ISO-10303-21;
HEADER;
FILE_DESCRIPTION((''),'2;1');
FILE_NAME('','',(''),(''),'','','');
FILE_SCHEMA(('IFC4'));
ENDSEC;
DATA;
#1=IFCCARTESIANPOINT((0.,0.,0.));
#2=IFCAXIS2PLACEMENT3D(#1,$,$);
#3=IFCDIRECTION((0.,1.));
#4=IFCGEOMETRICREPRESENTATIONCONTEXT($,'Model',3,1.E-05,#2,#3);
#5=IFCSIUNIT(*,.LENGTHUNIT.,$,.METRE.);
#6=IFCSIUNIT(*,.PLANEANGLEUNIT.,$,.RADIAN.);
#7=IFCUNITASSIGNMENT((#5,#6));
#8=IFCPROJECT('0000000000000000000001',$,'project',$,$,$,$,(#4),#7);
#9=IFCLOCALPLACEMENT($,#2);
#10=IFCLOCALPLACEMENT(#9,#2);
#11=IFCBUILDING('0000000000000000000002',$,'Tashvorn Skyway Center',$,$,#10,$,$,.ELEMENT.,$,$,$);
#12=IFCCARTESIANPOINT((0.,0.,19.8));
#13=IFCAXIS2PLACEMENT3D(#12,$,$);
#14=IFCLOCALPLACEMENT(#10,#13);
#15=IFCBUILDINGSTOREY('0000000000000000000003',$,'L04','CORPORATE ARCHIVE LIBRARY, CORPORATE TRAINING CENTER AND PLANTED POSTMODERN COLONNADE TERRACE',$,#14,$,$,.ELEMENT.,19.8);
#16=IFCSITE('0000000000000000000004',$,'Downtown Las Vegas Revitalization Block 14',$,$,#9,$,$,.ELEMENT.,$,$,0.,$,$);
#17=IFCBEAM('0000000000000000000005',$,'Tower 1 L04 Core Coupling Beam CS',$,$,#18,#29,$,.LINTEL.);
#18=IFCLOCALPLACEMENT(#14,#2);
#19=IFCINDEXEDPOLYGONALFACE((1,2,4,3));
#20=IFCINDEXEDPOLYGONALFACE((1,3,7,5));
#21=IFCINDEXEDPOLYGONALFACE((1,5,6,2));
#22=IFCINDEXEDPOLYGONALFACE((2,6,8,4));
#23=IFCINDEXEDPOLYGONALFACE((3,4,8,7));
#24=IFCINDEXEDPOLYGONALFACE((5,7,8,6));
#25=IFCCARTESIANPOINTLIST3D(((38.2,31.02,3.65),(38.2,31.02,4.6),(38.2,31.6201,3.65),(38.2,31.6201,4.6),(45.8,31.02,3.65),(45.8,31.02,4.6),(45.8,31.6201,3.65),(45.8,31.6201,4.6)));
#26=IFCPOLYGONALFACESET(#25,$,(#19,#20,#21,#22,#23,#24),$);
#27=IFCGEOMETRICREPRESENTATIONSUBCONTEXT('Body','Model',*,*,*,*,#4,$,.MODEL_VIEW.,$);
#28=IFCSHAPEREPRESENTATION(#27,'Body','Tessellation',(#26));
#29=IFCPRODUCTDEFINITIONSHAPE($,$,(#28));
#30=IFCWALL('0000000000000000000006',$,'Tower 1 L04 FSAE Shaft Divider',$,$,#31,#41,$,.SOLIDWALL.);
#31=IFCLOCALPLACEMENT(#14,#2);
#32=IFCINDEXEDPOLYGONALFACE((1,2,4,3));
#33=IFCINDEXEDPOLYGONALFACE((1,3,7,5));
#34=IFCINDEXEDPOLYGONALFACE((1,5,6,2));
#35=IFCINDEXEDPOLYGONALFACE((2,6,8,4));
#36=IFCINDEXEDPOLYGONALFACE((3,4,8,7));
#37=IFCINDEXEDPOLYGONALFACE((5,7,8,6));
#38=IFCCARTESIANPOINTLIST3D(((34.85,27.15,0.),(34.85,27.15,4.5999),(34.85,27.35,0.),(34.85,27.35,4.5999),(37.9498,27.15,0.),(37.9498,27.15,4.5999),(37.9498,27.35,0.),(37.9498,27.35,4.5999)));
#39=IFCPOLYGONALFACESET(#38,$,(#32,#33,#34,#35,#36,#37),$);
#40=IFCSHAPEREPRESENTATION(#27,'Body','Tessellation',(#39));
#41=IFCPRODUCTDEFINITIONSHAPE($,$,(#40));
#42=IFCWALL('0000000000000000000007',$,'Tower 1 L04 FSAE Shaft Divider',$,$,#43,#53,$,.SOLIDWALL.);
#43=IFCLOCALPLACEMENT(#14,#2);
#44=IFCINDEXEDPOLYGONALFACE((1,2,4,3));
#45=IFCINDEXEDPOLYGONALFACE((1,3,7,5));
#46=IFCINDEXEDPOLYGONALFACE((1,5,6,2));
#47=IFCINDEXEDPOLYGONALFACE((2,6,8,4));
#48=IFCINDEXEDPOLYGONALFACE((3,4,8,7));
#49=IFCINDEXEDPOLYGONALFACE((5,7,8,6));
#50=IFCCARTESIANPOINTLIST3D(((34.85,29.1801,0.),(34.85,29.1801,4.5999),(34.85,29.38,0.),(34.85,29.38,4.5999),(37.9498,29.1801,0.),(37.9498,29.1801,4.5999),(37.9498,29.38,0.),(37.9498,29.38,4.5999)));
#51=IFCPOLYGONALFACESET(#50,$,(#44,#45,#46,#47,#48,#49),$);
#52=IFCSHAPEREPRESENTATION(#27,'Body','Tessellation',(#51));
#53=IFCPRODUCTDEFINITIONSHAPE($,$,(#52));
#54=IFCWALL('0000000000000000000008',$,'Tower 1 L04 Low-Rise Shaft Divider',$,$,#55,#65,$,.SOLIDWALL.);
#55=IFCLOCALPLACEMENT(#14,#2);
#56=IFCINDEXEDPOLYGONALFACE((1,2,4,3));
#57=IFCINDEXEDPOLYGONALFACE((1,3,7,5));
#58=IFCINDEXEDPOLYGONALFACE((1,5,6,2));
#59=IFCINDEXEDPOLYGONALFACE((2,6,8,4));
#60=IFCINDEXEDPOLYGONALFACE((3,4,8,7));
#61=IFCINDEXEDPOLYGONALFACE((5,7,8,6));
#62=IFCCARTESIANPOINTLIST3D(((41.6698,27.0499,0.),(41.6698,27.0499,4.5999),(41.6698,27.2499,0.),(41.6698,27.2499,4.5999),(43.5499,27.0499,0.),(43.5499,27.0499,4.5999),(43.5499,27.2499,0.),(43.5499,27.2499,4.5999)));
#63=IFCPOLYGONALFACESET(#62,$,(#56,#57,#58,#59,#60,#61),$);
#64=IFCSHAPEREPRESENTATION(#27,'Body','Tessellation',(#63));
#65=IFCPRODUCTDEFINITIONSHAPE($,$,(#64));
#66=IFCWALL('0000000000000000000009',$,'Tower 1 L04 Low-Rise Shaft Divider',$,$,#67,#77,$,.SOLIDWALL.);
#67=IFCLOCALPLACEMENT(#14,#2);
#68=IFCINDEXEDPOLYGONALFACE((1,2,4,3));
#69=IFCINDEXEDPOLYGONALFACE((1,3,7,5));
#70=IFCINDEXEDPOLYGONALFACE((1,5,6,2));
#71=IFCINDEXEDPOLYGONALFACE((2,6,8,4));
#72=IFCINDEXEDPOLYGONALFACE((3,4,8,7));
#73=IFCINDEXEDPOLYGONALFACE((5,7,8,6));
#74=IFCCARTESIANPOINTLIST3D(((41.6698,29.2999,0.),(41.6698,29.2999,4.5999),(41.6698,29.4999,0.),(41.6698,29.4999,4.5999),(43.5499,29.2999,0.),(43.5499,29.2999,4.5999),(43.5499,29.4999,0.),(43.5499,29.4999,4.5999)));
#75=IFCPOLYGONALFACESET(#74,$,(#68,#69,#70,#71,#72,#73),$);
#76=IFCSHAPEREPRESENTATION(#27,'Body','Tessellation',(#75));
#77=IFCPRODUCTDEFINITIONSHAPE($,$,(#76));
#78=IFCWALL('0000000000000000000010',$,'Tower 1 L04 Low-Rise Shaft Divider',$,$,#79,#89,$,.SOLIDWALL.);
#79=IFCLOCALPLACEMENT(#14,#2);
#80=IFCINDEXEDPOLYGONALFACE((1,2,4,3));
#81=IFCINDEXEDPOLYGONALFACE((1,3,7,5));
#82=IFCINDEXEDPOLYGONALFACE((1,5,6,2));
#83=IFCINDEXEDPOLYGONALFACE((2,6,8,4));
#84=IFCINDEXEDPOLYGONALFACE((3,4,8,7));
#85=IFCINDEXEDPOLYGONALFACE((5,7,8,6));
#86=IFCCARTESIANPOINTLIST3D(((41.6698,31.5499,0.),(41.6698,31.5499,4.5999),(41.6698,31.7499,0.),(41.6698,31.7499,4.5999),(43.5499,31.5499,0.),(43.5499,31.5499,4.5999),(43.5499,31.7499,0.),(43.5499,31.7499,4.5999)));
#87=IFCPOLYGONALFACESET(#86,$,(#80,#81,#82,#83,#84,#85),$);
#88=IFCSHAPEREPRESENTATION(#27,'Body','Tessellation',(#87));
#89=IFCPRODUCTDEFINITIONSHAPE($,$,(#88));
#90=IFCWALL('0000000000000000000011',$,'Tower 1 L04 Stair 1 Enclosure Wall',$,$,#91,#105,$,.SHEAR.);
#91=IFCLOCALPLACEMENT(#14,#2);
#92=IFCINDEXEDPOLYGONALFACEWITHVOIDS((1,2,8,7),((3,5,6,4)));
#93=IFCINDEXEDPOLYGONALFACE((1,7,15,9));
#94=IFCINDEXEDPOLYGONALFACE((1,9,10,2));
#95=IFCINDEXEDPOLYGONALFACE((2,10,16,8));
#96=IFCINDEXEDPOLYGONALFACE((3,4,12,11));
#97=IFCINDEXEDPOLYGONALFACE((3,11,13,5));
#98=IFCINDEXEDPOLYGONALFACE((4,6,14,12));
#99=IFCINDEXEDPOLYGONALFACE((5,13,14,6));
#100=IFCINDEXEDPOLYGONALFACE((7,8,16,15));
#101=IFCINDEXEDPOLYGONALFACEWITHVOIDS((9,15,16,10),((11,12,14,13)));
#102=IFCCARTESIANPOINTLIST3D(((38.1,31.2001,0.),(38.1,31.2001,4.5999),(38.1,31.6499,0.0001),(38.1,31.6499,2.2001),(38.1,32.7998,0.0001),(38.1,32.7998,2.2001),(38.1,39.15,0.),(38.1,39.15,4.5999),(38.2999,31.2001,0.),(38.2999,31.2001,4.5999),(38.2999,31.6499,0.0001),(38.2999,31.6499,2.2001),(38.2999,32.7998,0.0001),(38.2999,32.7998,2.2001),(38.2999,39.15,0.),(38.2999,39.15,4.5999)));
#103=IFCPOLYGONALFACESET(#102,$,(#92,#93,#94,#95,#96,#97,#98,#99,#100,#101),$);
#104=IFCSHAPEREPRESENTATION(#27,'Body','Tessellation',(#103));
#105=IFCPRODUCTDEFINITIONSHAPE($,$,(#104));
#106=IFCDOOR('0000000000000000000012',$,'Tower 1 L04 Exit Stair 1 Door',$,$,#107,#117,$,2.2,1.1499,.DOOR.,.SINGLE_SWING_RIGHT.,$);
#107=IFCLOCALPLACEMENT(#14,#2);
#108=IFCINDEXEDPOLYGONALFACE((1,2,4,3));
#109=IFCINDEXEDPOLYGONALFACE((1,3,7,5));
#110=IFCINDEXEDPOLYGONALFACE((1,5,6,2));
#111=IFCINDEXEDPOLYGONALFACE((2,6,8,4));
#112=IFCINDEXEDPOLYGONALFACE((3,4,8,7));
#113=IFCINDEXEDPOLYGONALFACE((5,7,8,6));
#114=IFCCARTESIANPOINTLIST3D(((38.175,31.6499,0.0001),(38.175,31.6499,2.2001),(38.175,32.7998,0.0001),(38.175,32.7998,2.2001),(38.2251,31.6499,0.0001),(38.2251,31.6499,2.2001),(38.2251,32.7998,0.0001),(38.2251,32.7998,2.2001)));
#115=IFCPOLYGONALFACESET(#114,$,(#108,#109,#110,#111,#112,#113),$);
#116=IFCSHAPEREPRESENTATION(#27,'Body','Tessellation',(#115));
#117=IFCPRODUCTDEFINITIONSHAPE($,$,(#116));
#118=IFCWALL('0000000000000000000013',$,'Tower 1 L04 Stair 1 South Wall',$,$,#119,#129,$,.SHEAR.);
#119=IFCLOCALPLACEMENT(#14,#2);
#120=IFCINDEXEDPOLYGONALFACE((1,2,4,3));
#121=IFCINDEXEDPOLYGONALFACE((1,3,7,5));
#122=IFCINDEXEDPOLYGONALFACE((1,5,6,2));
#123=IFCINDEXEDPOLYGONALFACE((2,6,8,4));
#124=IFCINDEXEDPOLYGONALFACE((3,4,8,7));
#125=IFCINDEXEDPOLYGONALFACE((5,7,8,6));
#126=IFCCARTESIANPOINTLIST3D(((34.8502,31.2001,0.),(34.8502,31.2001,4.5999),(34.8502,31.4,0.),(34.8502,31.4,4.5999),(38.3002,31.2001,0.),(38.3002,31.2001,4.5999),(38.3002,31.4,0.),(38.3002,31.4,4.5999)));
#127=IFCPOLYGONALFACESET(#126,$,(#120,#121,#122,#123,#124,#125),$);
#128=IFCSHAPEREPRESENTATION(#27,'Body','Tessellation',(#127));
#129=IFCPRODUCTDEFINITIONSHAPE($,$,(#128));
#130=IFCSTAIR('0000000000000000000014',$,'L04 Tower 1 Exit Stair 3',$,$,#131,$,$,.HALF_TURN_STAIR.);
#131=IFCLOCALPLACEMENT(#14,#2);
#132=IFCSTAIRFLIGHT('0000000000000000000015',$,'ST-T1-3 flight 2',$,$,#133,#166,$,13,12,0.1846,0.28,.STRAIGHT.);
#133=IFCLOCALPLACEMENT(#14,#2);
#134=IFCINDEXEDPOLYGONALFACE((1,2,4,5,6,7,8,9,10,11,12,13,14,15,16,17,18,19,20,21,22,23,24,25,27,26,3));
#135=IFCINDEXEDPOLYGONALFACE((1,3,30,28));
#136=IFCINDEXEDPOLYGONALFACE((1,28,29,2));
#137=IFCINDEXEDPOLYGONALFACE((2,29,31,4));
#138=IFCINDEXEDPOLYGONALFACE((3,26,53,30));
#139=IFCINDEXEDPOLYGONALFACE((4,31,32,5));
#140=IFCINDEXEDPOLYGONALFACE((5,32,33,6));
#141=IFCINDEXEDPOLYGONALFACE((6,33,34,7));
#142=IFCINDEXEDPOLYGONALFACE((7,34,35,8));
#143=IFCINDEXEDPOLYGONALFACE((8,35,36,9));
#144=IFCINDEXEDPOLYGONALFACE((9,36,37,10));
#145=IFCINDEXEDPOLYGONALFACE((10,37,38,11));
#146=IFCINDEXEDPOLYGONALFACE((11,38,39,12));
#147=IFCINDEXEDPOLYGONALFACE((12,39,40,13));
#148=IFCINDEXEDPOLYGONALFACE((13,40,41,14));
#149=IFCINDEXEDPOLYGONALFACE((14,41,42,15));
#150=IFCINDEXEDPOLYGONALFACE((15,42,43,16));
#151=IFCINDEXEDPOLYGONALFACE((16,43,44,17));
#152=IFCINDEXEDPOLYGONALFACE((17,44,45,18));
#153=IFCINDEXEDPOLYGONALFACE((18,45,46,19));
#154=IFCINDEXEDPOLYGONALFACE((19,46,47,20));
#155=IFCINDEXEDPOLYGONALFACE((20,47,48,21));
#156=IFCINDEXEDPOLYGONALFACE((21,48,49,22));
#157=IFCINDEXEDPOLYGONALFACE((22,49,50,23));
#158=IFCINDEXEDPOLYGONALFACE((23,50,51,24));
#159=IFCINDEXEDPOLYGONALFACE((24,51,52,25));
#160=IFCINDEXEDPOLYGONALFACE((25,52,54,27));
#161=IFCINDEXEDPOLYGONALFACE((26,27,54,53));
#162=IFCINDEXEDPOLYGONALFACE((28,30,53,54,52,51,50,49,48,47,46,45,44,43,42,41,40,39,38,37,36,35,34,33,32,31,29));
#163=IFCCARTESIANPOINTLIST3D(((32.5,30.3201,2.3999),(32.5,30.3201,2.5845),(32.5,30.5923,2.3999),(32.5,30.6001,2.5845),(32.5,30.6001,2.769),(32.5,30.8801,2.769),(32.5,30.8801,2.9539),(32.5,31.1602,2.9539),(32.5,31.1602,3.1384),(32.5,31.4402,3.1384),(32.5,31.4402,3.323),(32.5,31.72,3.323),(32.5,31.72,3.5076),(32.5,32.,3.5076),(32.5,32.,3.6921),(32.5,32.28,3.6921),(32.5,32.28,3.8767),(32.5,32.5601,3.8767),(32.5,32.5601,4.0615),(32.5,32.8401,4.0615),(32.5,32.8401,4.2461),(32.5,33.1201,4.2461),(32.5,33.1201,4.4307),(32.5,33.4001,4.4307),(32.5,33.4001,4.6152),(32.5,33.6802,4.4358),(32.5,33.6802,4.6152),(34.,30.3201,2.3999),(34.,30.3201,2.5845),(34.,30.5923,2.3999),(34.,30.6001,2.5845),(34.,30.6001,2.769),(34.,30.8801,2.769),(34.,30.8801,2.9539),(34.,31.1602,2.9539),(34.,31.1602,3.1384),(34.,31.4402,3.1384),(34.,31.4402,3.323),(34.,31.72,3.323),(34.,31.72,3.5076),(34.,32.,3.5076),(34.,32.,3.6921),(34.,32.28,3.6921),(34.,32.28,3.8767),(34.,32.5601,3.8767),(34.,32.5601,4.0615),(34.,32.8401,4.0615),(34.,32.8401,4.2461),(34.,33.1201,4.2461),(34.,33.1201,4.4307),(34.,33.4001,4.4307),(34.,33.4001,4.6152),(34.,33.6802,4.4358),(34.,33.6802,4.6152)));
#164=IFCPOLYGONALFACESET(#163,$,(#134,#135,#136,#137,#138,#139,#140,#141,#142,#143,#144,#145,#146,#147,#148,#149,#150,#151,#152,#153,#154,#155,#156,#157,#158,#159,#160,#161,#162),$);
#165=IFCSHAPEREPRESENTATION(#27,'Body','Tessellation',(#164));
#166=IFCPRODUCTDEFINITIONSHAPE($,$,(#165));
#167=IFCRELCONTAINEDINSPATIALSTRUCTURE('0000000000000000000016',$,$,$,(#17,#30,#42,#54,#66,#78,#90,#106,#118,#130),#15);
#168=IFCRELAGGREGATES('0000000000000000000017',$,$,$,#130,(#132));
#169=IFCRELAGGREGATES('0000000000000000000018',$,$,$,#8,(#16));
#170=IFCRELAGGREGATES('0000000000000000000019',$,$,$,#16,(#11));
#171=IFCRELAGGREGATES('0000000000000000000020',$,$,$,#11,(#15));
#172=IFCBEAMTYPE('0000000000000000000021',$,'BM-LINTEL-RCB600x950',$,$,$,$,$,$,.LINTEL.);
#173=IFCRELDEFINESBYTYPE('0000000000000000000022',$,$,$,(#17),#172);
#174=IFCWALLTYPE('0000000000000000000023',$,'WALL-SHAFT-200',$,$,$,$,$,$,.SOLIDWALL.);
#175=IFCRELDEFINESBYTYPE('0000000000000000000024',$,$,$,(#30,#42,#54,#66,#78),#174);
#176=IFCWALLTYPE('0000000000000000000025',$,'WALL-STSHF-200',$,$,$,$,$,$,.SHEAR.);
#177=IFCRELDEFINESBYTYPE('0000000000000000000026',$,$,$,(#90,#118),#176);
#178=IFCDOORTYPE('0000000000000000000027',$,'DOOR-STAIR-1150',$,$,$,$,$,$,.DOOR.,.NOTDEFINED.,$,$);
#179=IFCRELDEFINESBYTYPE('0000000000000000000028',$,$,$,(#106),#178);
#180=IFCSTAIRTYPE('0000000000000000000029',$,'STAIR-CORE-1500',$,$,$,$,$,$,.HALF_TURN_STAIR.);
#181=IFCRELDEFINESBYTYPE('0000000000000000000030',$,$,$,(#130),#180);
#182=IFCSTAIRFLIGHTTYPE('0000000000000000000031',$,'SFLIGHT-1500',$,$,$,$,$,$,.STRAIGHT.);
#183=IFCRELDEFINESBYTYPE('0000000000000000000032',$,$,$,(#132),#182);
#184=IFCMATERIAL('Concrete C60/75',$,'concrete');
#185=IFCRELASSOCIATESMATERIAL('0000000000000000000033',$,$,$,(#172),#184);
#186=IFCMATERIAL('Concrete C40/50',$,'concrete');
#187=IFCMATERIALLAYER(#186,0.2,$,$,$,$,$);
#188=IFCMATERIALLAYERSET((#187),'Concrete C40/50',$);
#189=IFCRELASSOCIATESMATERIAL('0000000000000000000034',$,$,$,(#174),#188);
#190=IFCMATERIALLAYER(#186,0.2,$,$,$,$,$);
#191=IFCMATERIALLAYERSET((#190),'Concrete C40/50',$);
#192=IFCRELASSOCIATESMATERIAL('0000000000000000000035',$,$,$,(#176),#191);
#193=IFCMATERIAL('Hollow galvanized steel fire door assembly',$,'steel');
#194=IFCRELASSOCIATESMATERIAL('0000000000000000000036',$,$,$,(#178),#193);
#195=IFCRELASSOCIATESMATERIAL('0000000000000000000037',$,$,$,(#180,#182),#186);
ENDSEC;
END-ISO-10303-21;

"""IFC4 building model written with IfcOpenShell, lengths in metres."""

from ifc_helpers import new_model, si_unit, direction, frame, frame_2d, origin, origin_2d, place, context, subcontext, project, spatial, polyline, rectangle, outline, extrude, material, layer, layer_set, material_profile, profile_set, type_object, element, fill, aggregate, save


model = new_model("IFC4")

# Units and contexts
model_context = context("Model", 3, precision=1e-05, world=origin(), true_north=direction((0.0, 1.0)))
body_context = subcontext(model_context, "Body", "Model", "MODEL_VIEW")
ifc_project = project(units=[si_unit("LENGTHUNIT", "METRE"), si_unit("PLANEANGLEUNIT", "RADIAN")], contexts=[model_context])

# Site, building, storey
site_placement = place(None, origin())
site = spatial("IfcSite", under=ifc_project, at=site_placement, Name="Downtown Las Vegas Revitalization Block 14", CompositionType="ELEMENT", RefElevation=0.0)
building_placement = place(site_placement, origin())
building = spatial("IfcBuilding", under=site, at=building_placement, Name="Tashvorn Skyway Center", CompositionType="ELEMENT")
storey_placement = place(building_placement, frame((0.0, 0.0, 19.8)))
storey = spatial("IfcBuildingStorey", under=building, at=storey_placement, Name="L04", Description="CORPORATE ARCHIVE LIBRARY, CORPORATE TRAINING CENTER AND PLANTED POSTMODERN COLONNADE TERRACE", CompositionType="ELEMENT", Elevation=19.8)

# Beam
ifc_material_1 = material(Name="Concrete C60/75", Category="concrete")
ifc_material_profile = material_profile(ifc_material_1, rectangle(XDim=0.6001, YDim=0.95, at=origin_2d()), Name="RCB600x950")
ifc_profile_set = profile_set([ifc_material_profile], Name="Concrete C60/75")
beam_type = type_object("IfcBeamType", Name="BM-LINTEL-RCB600x950", PredefinedType="LINTEL", material=ifc_profile_set)
beam_placement = place(storey_placement, frame((38.2, 31.3201, 4.125), z_axis=(1.0, 0.0, 0.0), x_axis=(0.0, 1.0, 0.0)))
element("IfcBeam", 1, at=beam_placement, inside=storey, type_object=beam_type, Name="Tower 1 L04 Core Coupling Beam CS", PredefinedType="LINTEL", context=body_context, shape_type="SweptSolid", body=[
    extrude(rectangle(XDim=0.6001, YDim=0.95, at=origin_2d()), origin(), (0.0, 0.0, 1.0), 7.6001),
])

# Walls
ifc_material_2 = material(Name="Concrete C40/50", Category="concrete")
ifc_layer_1 = layer(ifc_material_2, 0.2)
ifc_layer_set_1 = layer_set([ifc_layer_1], Name="Concrete C40/50")
wall_type_1 = type_object("IfcWallType", Name="WALL-SHAFT-200", PredefinedType="SOLIDWALL", material=ifc_layer_set_1)
for number, where, z_axis, x_axis, name in (
    (2, (34.8501, 27.25, 0.0), (0.0, 0.0, 1.0), (1.0, 0.0, 0.0), "Tower 1 L04 FSAE Shaft Divider"),
    (3, (34.8501, 29.28, 0.0), (0.0, 0.0, 1.0), (1.0, 0.0, 0.0), "Tower 1 L04 FSAE Shaft Divider"),
):
    element("IfcWall", number, at=place(storey_placement, frame(where, z_axis=z_axis, x_axis=x_axis)), inside=storey, type_object=wall_type_1, Name=name, PredefinedType="SOLIDWALL", context=body_context, shape_type="SweptSolid", body=[
        extrude(rectangle(XDim=3.0999, YDim=0.2, at=frame_2d((1.5498, 0.0))), origin(), (0.0, 0.0, 1.0), 4.5999),
    ])
for number, where, z_axis, x_axis, name in (
    (4, (41.6699, 27.1499, 0.0), (0.0, 0.0, 1.0), (1.0, 0.0, 0.0), "Tower 1 L04 Low-Rise Shaft Divider"),
    (5, (41.6699, 29.3999, 0.0), (0.0, 0.0, 1.0), (1.0, 0.0, 0.0), "Tower 1 L04 Low-Rise Shaft Divider"),
    (6, (41.6699, 31.6499, 0.0), (0.0, 0.0, 1.0), (1.0, 0.0, 0.0), "Tower 1 L04 Low-Rise Shaft Divider"),
):
    element("IfcWall", number, at=place(storey_placement, frame(where, z_axis=z_axis, x_axis=x_axis)), inside=storey, type_object=wall_type_1, Name=name, PredefinedType="SOLIDWALL", context=body_context, shape_type="SweptSolid", body=[
        extrude(rectangle(XDim=1.8801, YDim=0.2, at=frame_2d((0.9399, 0.0))), origin(), (0.0, 0.0, 1.0), 4.5999),
    ])

# Wall, opening, door
ifc_layer_2 = layer(ifc_material_2, 0.2)
ifc_layer_set_2 = layer_set([ifc_layer_2], Name="Concrete C40/50")
wall_type_2 = type_object("IfcWallType", Name="WALL-STSHF-200", PredefinedType="SHEAR", material=ifc_layer_set_2)
wall_1_placement = place(storey_placement, frame((38.2, 31.2, 0.0), z_axis=(0.0, 0.0, 1.0), x_axis=(0.0, 1.0, 0.0)))
wall_1 = element("IfcWall", 7, at=wall_1_placement, inside=storey, type_object=wall_type_2, Name="Tower 1 L04 Stair 1 Enclosure Wall", PredefinedType="SHEAR", context=body_context, shape_type="SweptSolid", body=[
    extrude(rectangle(XDim=7.95, YDim=0.2, at=frame_2d((3.9751, 0.0))), origin(), (0.0, 0.0, 1.0), 4.5999),
])
opening_placement = place(wall_1_placement, frame((0.45, 0.0, 0.0)))
opening = element("IfcOpeningElement", 8, at=opening_placement, cuts=wall_1, PredefinedType="OPENING", context=body_context, shape_type="SweptSolid", body=[
    extrude(rectangle(XDim=1.1499, YDim=2.2, at=frame_2d((0.575, 1.1001))), frame((0.0, 0.1099, 0.0), z_axis=(0.0, -1.0, 0.0), x_axis=(1.0, 0.0, 0.0)), (0.0, 0.0, 1.0), 0.22),
])
ifc_material_3 = material(Name="Hollow galvanized steel fire door assembly", Category="steel")
door_type = type_object("IfcDoorType", Name="DOOR-STAIR-1150", OperationType="NOTDEFINED", PredefinedType="DOOR", material=ifc_material_3)
door_placement = place(opening_placement, origin())
door = element("IfcDoor", 9, at=door_placement, inside=storey, type_object=door_type, Name="Tower 1 L04 Exit Stair 1 Door", OperationType="SINGLE_SWING_RIGHT", OverallHeight=2.2, OverallWidth=1.1499, PredefinedType="DOOR", context=body_context, shape_type="SweptSolid", body=[
    extrude(rectangle(XDim=1.1499, YDim=2.2, at=frame_2d((0.575, 1.1001))), frame((0.0, 0.0249, 0.0), z_axis=(0.0, -1.0, 0.0), x_axis=(1.0, 0.0, 0.0)), (0.0, 0.0, 1.0), 0.05),
])
fill(opening, door)

# Wall
wall_2_placement = place(storey_placement, frame((34.8501, 31.3, 0.0), z_axis=(0.0, 0.0, 1.0), x_axis=(1.0, 0.0, 0.0)))
element("IfcWall", 10, at=wall_2_placement, inside=storey, type_object=wall_type_2, Name="Tower 1 L04 Stair 1 South Wall", PredefinedType="SHEAR", context=body_context, shape_type="SweptSolid", body=[
    extrude(rectangle(XDim=3.45, YDim=0.2, at=frame_2d((1.7251, 0.0))), origin(), (0.0, 0.0, 1.0), 4.5999),
])

# Stair, stair flight
stair_type = type_object("IfcStairType", Name="STAIR-CORE-1500", PredefinedType="HALF_TURN_STAIR", material=ifc_material_2)
stair_placement = place(storey_placement, origin())
stair = element("IfcStair", 11, at=stair_placement, inside=storey, type_object=stair_type, Name="L04 Tower 1 Exit Stair 3", PredefinedType="HALF_TURN_STAIR")
stair_flight_type = type_object("IfcStairFlightType", Name="SFLIGHT-1500", PredefinedType="STRAIGHT", material=ifc_material_2)
stair_flight_placement = place(storey_placement, frame((33.25, 30.3201, 2.3999), z_axis=(0.0, 0.0, 1.0), x_axis=(0.0, 1.0, 0.0)))
stair_flight = element("IfcStairFlight", 12, at=stair_flight_placement, type_object=stair_flight_type, Name="ST-T1-3 flight 2", NumberOfRisers=13, NumberOfTreads=12, PredefinedType="STRAIGHT", RiserHeight=0.1846, TreadLength=0.28, context=body_context, shape_type="SweptSolid", body=[
    extrude(outline(polyline([(0.0, 0.0), (0.0, 0.1846), (0.28, 0.1846), (0.28, 0.3691), (0.5601, 0.3691), (0.5601, 0.554), (0.8401, 0.554), (0.8401, 0.7385), (1.1201, 0.7385), (1.1201, 0.9231), (1.3999, 0.9231), (1.3999, 1.1077), (1.6799, 1.1077), (1.6799, 1.2922), (1.96, 1.2922), (1.96, 1.4768), (2.24, 1.4768), (2.24, 1.6616), (2.52, 1.6616), (2.52, 1.8462), (2.8, 1.8462), (2.8, 2.0308), (3.0801, 2.0308), (3.0801, 2.2153), (3.3601, 2.2153), (3.3601, 2.3999), (3.3601, 2.0359), (0.2722, 0.0), (0.0, 0.0)])), frame((0.0, 0.75, 0.0), z_axis=(0.0, -1.0, 0.0), x_axis=(1.0, 0.0, 0.0)), (0.0, 0.0, 1.0), 1.5),
])
aggregate(stair, [stair_flight])

save(model, "model.ifc")
